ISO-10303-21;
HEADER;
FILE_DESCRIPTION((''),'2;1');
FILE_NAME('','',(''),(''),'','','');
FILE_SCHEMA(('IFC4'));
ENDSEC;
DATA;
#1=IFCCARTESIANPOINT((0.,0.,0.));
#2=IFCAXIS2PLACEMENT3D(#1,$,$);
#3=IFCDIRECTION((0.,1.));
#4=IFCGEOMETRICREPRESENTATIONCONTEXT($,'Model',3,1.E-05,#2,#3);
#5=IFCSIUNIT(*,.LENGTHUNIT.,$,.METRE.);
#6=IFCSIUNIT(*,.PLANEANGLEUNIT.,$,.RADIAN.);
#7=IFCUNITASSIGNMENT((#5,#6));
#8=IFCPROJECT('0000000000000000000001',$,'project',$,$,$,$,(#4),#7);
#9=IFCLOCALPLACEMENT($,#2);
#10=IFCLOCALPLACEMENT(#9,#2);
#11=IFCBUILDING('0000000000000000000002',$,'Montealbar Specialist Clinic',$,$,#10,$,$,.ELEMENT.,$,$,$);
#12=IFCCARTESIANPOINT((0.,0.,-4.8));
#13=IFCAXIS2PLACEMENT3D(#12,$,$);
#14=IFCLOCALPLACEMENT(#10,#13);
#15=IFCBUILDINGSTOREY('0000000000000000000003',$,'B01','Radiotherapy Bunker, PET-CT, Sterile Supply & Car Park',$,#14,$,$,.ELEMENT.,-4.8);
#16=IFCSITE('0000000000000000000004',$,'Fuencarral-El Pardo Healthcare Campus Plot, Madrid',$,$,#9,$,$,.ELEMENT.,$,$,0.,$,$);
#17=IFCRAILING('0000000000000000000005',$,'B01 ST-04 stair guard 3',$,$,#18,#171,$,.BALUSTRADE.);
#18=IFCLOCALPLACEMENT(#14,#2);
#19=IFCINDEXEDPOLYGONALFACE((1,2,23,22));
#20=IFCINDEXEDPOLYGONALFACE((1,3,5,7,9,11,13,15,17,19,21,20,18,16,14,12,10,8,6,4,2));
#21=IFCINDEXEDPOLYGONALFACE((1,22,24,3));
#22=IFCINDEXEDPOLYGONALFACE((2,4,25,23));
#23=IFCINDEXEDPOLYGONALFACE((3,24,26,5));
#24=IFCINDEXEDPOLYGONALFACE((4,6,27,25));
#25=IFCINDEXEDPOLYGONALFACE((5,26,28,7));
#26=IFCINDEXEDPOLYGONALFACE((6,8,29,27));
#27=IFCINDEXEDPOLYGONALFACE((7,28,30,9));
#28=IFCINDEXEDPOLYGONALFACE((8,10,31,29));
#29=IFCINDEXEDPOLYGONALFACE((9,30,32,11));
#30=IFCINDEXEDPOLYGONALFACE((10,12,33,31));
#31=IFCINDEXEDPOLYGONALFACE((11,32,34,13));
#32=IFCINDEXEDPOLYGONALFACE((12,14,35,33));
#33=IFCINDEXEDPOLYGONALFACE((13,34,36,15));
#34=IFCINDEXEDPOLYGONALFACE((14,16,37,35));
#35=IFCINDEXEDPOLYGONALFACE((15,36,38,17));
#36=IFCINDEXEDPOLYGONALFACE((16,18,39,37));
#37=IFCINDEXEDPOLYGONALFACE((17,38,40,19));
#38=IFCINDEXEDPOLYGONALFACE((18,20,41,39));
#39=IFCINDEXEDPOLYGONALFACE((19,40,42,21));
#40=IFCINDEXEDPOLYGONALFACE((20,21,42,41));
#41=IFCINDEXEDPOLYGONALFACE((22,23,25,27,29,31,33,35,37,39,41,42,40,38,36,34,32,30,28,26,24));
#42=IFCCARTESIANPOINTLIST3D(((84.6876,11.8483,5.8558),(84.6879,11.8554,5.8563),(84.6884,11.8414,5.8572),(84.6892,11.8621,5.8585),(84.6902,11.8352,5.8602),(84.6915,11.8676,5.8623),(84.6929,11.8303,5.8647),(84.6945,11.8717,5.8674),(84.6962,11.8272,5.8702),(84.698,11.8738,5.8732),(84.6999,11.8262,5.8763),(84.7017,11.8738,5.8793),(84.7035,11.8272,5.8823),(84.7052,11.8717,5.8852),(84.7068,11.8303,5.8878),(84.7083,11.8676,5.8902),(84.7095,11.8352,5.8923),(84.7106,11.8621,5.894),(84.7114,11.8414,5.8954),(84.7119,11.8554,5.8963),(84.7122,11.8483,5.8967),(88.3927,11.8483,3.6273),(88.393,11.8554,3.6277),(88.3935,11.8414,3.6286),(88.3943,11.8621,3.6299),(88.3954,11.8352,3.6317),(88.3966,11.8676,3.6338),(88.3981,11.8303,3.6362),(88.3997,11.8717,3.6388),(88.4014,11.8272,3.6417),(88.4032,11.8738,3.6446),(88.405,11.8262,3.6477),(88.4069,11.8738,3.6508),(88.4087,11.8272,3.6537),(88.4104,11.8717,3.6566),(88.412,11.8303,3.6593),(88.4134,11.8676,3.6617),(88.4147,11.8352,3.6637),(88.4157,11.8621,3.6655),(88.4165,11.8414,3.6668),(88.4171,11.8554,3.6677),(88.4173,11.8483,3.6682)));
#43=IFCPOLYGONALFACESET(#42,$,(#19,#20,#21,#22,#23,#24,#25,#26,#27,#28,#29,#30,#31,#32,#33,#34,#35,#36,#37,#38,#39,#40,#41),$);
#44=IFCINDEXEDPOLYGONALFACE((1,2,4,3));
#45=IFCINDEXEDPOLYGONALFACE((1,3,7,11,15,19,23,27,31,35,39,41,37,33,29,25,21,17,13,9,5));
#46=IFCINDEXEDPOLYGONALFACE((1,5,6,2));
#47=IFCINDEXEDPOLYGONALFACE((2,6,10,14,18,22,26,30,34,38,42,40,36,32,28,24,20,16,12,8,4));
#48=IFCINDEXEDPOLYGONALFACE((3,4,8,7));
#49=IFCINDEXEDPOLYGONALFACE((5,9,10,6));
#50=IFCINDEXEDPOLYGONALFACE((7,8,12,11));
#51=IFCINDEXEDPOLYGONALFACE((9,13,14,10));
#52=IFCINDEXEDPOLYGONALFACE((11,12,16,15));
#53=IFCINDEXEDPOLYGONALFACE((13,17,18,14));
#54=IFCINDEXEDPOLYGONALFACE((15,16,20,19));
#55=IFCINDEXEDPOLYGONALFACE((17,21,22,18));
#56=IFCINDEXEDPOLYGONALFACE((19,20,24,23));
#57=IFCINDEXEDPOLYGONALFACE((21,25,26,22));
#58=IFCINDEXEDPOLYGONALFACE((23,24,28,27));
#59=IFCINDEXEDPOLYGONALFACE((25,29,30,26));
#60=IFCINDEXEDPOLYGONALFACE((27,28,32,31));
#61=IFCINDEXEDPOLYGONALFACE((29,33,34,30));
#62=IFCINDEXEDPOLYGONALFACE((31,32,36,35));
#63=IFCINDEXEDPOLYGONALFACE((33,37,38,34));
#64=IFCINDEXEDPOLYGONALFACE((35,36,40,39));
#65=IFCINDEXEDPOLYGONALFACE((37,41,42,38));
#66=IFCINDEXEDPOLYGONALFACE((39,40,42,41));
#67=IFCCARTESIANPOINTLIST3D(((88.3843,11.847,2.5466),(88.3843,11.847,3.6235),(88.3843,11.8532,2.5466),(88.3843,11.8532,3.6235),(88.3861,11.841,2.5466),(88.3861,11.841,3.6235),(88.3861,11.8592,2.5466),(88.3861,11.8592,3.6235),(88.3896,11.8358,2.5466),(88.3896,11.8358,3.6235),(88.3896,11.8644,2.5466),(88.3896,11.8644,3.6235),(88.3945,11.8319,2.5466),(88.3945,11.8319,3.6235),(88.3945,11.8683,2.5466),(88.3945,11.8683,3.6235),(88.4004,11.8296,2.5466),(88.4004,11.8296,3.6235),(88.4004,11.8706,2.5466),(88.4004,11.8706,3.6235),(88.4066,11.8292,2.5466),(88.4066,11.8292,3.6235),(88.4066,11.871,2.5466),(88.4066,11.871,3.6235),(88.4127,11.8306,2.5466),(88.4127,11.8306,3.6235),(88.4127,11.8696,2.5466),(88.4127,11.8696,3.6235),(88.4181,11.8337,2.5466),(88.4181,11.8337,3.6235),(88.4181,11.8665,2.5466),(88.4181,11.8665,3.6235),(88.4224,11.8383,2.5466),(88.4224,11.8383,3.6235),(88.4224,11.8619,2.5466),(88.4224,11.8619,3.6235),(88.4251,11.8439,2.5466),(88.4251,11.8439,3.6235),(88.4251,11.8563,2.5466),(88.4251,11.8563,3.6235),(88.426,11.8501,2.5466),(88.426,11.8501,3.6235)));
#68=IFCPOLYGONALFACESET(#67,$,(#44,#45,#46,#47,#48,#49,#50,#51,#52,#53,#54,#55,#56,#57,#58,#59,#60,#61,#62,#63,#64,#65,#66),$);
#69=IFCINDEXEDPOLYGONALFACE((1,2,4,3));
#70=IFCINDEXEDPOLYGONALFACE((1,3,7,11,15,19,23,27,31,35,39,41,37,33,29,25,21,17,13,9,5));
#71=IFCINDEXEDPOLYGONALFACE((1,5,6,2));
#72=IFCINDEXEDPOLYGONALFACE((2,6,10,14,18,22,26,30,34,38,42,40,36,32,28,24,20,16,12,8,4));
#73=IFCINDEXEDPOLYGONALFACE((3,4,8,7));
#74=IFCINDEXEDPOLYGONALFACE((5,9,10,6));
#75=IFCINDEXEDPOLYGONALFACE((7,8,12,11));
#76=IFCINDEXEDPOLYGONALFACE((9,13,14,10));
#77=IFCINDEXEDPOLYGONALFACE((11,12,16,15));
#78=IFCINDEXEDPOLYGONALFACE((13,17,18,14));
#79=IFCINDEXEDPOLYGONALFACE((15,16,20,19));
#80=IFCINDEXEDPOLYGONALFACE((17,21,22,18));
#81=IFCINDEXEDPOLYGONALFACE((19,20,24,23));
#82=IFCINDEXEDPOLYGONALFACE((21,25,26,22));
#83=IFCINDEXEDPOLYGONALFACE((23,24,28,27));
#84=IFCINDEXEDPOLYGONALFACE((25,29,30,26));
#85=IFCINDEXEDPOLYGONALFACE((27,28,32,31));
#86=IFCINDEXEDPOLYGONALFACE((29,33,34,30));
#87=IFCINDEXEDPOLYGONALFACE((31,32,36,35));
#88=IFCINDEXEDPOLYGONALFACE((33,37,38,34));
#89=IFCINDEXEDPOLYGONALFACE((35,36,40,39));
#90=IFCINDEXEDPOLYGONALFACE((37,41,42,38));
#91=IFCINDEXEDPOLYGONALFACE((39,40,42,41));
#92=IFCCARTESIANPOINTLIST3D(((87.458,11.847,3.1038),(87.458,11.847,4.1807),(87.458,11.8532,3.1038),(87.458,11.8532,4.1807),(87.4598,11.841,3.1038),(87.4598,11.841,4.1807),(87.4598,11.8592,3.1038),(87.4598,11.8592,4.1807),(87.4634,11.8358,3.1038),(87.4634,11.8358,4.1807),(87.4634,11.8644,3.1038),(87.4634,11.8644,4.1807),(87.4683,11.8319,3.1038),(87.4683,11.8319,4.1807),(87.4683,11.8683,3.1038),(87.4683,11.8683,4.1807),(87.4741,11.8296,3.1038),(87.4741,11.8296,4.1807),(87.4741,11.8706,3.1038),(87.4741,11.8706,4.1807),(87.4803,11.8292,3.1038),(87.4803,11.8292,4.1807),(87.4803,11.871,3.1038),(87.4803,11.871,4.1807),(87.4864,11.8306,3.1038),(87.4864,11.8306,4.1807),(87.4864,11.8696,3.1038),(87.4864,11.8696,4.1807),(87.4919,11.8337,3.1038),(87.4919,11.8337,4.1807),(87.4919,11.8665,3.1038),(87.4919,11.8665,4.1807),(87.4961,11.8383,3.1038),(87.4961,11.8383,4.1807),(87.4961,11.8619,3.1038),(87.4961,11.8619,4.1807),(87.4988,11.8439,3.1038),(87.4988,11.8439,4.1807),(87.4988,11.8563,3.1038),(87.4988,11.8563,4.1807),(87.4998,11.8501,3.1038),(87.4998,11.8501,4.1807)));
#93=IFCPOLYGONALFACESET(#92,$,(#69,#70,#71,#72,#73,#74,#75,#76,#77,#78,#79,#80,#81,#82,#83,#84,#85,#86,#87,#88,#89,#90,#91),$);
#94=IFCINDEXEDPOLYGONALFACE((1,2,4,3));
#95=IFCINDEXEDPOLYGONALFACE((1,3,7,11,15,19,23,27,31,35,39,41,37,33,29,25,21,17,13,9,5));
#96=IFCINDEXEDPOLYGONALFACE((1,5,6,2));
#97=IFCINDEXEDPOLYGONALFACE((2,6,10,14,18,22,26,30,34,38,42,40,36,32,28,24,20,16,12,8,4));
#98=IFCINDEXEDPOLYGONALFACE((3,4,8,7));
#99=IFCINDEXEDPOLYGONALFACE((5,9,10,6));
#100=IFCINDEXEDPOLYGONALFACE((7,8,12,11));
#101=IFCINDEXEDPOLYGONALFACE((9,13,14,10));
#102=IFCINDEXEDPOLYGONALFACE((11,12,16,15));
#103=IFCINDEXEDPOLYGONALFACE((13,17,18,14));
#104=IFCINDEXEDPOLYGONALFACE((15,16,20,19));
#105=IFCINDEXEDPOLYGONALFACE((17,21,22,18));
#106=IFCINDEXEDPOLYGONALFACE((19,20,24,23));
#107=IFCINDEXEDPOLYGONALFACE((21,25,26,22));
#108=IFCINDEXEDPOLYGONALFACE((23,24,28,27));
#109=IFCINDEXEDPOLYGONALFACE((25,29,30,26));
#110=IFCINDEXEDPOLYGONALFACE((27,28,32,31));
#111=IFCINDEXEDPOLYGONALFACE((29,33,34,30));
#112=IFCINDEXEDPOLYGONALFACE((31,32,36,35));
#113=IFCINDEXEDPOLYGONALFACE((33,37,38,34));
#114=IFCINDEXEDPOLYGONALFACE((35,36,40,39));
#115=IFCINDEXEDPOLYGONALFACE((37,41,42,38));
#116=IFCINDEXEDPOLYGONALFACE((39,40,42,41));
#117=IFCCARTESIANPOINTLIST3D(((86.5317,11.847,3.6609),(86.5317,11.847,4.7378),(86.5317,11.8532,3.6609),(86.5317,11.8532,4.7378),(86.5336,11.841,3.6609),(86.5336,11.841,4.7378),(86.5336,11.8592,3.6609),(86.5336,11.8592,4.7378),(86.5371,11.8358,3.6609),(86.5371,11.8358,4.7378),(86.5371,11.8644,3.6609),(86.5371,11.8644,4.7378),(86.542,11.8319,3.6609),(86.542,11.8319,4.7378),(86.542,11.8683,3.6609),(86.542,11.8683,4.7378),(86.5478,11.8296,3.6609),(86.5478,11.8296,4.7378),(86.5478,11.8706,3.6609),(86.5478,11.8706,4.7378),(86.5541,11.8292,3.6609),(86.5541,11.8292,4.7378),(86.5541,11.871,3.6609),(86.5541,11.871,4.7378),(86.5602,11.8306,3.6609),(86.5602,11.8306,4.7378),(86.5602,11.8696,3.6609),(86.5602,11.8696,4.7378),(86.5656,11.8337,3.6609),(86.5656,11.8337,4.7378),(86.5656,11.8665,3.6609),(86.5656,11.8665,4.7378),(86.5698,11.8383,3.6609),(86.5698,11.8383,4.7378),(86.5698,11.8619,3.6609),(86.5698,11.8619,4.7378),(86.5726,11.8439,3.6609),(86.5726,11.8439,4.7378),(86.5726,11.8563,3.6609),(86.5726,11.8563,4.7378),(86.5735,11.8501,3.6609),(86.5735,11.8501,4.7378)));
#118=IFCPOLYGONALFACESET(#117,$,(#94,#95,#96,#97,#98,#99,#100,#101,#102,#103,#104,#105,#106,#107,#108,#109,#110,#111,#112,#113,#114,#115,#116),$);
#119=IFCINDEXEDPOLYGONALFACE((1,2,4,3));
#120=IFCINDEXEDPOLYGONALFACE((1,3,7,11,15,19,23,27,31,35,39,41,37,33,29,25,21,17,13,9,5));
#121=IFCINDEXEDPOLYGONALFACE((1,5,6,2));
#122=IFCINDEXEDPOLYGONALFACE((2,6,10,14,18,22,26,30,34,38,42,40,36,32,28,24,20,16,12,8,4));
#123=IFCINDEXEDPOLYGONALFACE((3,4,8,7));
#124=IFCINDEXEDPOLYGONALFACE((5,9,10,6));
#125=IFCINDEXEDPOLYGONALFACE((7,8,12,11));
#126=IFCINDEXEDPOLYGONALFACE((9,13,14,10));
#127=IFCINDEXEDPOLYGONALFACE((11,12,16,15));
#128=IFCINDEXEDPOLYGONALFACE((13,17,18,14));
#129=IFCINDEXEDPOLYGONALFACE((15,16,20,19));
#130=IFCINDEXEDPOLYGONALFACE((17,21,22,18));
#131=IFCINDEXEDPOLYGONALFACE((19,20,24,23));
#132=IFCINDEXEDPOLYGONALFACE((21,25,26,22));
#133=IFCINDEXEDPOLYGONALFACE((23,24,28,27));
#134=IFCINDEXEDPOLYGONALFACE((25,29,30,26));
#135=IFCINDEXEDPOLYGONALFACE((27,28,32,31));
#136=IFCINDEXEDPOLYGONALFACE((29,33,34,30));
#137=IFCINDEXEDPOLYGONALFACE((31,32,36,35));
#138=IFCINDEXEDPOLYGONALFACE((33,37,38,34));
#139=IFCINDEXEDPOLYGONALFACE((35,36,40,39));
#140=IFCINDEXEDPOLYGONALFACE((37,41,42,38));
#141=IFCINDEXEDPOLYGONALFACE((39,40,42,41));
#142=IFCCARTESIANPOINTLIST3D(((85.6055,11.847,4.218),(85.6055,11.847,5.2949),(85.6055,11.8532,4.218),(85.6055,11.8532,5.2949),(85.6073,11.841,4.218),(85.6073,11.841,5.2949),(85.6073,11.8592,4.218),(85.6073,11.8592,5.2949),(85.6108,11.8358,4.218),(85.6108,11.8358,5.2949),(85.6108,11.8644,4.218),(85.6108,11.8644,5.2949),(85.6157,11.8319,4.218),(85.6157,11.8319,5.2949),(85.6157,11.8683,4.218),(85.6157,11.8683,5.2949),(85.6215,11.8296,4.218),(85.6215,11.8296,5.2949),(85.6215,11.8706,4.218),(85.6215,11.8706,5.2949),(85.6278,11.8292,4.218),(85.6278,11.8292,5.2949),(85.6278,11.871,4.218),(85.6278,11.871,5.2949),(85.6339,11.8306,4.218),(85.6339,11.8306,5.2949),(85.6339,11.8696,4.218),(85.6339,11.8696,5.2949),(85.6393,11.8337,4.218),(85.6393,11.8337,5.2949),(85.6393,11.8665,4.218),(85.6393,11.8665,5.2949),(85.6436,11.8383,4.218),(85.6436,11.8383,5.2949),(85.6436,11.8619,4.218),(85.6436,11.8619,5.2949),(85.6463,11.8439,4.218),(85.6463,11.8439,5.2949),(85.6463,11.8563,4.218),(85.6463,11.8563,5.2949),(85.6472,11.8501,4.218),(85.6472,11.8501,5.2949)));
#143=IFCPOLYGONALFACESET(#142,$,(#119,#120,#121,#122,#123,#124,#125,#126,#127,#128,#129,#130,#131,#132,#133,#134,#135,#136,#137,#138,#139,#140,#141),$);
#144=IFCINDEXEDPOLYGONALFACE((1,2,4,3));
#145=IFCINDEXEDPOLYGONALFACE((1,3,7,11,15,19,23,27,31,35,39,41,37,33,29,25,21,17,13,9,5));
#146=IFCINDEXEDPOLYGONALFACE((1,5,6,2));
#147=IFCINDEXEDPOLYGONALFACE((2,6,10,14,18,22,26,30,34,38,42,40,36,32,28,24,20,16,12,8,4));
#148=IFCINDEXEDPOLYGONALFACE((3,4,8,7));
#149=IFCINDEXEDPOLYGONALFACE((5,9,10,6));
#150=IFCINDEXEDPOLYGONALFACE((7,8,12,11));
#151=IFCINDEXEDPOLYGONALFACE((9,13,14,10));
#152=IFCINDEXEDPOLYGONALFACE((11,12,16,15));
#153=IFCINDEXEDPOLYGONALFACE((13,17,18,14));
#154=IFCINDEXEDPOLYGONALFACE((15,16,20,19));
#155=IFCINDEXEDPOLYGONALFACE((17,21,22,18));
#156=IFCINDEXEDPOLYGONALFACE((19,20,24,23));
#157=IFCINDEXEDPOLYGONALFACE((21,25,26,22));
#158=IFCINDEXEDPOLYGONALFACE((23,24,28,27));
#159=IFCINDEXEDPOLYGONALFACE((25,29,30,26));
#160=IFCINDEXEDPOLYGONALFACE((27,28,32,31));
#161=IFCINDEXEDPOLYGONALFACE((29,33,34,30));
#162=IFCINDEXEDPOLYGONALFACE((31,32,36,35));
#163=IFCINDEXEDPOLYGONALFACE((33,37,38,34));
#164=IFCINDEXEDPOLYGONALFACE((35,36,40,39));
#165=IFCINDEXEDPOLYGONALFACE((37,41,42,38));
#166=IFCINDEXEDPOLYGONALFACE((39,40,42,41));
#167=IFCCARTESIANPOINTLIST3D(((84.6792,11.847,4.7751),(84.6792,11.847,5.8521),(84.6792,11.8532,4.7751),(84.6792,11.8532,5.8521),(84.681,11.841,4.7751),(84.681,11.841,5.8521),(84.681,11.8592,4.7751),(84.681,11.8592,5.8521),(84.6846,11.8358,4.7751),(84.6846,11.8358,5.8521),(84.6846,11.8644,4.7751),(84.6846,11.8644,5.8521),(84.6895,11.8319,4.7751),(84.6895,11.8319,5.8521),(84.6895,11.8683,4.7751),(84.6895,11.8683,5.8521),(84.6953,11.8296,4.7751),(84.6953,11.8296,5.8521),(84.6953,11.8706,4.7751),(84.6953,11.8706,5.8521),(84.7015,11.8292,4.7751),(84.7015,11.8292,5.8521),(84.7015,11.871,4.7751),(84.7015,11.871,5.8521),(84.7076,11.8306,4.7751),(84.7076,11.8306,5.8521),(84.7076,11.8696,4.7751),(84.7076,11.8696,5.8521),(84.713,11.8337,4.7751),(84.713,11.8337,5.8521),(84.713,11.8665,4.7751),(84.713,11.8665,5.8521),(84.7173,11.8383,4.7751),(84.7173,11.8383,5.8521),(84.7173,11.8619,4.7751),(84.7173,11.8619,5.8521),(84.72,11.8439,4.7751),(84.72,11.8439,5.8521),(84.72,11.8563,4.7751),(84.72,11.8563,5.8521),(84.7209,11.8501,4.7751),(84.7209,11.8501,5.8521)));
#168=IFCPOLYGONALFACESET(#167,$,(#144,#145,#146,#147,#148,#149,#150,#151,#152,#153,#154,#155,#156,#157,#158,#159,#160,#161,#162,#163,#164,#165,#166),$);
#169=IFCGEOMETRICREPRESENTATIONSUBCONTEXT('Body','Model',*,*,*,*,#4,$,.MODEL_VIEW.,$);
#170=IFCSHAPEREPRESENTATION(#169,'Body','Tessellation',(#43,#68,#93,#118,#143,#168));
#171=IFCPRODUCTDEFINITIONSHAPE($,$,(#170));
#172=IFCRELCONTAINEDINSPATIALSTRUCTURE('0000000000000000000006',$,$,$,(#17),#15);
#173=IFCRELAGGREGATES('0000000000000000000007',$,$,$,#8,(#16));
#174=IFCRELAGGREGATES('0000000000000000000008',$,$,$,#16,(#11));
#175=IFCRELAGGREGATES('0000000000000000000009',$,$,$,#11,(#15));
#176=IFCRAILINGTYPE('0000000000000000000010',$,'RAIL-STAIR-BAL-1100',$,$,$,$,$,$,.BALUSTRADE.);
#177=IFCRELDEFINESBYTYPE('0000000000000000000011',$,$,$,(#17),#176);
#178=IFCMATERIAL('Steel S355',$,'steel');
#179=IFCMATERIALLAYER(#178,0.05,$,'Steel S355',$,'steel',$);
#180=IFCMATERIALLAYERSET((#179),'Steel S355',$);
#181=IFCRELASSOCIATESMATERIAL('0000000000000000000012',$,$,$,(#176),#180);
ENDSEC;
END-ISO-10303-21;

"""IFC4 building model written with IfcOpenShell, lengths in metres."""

from ifc_helpers import new_model, si_unit, direction, frame, origin, origin_2d, place, context, subcontext, project, spatial, circle, extrude, material, layer, layer_set, type_object, element, save


model = new_model("IFC4")

# Units and contexts
model_context = context("Model", 3, precision=1e-05, world=origin(), true_north=direction((0.0, 1.0)))
body_context = subcontext(model_context, "Body", "Model", "MODEL_VIEW")
ifc_project = project(units=[si_unit("LENGTHUNIT", "METRE"), si_unit("PLANEANGLEUNIT", "RADIAN")], contexts=[model_context])

# Site, building, storey
site_placement = place(None, origin())
site = spatial("IfcSite", under=ifc_project, at=site_placement, Name="Fuencarral-El Pardo Healthcare Campus Plot, Madrid", CompositionType="ELEMENT", RefElevation=0.0)
building_placement = place(site_placement, origin())
building = spatial("IfcBuilding", under=site, at=building_placement, Name="Montealbar Specialist Clinic", CompositionType="ELEMENT")
storey_placement = place(building_placement, frame((0.0, 0.0, -4.8)))
storey = spatial("IfcBuildingStorey", under=building, at=storey_placement, Name="B01", Description="Radiotherapy Bunker, PET-CT, Sterile Supply & Car Park", CompositionType="ELEMENT", Elevation=-4.8)

# Shared definitions
ifc_material_1 = material(Name="Steel S355", Category="steel")

# Railing
ifc_layer_1 = layer(ifc_material_1, 0.05, Name="Steel S355", Category="steel")
ifc_layer_set_1 = layer_set([ifc_layer_1], Name="Steel S355")
railing_type_1 = type_object("IfcRailingType", Name="RAIL-STAIR-BAL-1100", PredefinedType="BALUSTRADE", material=ifc_layer_set_1)
railing_1_placement = place(storey_placement, frame((88.405, 11.8501, 2.5715)))
element("IfcRailing", 1, at=railing_1_placement, inside=storey, type_object=railing_type_1, Name="B01 ST-04 stair guard 3", PredefinedType="BALUSTRADE", context=body_context, shape_type="SweptSolid", body=[
    extrude(circle(Radius=0.0239, at=origin_2d()), frame((0.0, 0.0, 1.0762), z_axis=(-0.856934, 0.0, 0.515425), x_axis=(0.0, -1.0, 0.0)), (0.0, 0.0, 1.0), 4.3237),
    extrude(circle(Radius=0.021, at=origin_2d()), frame((0.0, 0.0, -0.0249)), (0.0, 0.0, 1.0), 1.0769),
    extrude(circle(Radius=0.021, at=origin_2d()), frame((-0.9263, 0.0, 0.5322)), (0.0, 0.0, 1.0), 1.0769),
    extrude(circle(Radius=0.021, at=origin_2d()), frame((-1.8525, 0.0, 1.0894)), (0.0, 0.0, 1.0), 1.0769),
    extrude(circle(Radius=0.021, at=origin_2d()), frame((-2.7788, 0.0, 1.6465)), (0.0, 0.0, 1.0), 1.0769),
    extrude(circle(Radius=0.021, at=origin_2d()), frame((-3.7051, 0.0, 2.2036)), (0.0, 0.0, 1.0), 1.0769),
])

save(model, "model.ifc")
